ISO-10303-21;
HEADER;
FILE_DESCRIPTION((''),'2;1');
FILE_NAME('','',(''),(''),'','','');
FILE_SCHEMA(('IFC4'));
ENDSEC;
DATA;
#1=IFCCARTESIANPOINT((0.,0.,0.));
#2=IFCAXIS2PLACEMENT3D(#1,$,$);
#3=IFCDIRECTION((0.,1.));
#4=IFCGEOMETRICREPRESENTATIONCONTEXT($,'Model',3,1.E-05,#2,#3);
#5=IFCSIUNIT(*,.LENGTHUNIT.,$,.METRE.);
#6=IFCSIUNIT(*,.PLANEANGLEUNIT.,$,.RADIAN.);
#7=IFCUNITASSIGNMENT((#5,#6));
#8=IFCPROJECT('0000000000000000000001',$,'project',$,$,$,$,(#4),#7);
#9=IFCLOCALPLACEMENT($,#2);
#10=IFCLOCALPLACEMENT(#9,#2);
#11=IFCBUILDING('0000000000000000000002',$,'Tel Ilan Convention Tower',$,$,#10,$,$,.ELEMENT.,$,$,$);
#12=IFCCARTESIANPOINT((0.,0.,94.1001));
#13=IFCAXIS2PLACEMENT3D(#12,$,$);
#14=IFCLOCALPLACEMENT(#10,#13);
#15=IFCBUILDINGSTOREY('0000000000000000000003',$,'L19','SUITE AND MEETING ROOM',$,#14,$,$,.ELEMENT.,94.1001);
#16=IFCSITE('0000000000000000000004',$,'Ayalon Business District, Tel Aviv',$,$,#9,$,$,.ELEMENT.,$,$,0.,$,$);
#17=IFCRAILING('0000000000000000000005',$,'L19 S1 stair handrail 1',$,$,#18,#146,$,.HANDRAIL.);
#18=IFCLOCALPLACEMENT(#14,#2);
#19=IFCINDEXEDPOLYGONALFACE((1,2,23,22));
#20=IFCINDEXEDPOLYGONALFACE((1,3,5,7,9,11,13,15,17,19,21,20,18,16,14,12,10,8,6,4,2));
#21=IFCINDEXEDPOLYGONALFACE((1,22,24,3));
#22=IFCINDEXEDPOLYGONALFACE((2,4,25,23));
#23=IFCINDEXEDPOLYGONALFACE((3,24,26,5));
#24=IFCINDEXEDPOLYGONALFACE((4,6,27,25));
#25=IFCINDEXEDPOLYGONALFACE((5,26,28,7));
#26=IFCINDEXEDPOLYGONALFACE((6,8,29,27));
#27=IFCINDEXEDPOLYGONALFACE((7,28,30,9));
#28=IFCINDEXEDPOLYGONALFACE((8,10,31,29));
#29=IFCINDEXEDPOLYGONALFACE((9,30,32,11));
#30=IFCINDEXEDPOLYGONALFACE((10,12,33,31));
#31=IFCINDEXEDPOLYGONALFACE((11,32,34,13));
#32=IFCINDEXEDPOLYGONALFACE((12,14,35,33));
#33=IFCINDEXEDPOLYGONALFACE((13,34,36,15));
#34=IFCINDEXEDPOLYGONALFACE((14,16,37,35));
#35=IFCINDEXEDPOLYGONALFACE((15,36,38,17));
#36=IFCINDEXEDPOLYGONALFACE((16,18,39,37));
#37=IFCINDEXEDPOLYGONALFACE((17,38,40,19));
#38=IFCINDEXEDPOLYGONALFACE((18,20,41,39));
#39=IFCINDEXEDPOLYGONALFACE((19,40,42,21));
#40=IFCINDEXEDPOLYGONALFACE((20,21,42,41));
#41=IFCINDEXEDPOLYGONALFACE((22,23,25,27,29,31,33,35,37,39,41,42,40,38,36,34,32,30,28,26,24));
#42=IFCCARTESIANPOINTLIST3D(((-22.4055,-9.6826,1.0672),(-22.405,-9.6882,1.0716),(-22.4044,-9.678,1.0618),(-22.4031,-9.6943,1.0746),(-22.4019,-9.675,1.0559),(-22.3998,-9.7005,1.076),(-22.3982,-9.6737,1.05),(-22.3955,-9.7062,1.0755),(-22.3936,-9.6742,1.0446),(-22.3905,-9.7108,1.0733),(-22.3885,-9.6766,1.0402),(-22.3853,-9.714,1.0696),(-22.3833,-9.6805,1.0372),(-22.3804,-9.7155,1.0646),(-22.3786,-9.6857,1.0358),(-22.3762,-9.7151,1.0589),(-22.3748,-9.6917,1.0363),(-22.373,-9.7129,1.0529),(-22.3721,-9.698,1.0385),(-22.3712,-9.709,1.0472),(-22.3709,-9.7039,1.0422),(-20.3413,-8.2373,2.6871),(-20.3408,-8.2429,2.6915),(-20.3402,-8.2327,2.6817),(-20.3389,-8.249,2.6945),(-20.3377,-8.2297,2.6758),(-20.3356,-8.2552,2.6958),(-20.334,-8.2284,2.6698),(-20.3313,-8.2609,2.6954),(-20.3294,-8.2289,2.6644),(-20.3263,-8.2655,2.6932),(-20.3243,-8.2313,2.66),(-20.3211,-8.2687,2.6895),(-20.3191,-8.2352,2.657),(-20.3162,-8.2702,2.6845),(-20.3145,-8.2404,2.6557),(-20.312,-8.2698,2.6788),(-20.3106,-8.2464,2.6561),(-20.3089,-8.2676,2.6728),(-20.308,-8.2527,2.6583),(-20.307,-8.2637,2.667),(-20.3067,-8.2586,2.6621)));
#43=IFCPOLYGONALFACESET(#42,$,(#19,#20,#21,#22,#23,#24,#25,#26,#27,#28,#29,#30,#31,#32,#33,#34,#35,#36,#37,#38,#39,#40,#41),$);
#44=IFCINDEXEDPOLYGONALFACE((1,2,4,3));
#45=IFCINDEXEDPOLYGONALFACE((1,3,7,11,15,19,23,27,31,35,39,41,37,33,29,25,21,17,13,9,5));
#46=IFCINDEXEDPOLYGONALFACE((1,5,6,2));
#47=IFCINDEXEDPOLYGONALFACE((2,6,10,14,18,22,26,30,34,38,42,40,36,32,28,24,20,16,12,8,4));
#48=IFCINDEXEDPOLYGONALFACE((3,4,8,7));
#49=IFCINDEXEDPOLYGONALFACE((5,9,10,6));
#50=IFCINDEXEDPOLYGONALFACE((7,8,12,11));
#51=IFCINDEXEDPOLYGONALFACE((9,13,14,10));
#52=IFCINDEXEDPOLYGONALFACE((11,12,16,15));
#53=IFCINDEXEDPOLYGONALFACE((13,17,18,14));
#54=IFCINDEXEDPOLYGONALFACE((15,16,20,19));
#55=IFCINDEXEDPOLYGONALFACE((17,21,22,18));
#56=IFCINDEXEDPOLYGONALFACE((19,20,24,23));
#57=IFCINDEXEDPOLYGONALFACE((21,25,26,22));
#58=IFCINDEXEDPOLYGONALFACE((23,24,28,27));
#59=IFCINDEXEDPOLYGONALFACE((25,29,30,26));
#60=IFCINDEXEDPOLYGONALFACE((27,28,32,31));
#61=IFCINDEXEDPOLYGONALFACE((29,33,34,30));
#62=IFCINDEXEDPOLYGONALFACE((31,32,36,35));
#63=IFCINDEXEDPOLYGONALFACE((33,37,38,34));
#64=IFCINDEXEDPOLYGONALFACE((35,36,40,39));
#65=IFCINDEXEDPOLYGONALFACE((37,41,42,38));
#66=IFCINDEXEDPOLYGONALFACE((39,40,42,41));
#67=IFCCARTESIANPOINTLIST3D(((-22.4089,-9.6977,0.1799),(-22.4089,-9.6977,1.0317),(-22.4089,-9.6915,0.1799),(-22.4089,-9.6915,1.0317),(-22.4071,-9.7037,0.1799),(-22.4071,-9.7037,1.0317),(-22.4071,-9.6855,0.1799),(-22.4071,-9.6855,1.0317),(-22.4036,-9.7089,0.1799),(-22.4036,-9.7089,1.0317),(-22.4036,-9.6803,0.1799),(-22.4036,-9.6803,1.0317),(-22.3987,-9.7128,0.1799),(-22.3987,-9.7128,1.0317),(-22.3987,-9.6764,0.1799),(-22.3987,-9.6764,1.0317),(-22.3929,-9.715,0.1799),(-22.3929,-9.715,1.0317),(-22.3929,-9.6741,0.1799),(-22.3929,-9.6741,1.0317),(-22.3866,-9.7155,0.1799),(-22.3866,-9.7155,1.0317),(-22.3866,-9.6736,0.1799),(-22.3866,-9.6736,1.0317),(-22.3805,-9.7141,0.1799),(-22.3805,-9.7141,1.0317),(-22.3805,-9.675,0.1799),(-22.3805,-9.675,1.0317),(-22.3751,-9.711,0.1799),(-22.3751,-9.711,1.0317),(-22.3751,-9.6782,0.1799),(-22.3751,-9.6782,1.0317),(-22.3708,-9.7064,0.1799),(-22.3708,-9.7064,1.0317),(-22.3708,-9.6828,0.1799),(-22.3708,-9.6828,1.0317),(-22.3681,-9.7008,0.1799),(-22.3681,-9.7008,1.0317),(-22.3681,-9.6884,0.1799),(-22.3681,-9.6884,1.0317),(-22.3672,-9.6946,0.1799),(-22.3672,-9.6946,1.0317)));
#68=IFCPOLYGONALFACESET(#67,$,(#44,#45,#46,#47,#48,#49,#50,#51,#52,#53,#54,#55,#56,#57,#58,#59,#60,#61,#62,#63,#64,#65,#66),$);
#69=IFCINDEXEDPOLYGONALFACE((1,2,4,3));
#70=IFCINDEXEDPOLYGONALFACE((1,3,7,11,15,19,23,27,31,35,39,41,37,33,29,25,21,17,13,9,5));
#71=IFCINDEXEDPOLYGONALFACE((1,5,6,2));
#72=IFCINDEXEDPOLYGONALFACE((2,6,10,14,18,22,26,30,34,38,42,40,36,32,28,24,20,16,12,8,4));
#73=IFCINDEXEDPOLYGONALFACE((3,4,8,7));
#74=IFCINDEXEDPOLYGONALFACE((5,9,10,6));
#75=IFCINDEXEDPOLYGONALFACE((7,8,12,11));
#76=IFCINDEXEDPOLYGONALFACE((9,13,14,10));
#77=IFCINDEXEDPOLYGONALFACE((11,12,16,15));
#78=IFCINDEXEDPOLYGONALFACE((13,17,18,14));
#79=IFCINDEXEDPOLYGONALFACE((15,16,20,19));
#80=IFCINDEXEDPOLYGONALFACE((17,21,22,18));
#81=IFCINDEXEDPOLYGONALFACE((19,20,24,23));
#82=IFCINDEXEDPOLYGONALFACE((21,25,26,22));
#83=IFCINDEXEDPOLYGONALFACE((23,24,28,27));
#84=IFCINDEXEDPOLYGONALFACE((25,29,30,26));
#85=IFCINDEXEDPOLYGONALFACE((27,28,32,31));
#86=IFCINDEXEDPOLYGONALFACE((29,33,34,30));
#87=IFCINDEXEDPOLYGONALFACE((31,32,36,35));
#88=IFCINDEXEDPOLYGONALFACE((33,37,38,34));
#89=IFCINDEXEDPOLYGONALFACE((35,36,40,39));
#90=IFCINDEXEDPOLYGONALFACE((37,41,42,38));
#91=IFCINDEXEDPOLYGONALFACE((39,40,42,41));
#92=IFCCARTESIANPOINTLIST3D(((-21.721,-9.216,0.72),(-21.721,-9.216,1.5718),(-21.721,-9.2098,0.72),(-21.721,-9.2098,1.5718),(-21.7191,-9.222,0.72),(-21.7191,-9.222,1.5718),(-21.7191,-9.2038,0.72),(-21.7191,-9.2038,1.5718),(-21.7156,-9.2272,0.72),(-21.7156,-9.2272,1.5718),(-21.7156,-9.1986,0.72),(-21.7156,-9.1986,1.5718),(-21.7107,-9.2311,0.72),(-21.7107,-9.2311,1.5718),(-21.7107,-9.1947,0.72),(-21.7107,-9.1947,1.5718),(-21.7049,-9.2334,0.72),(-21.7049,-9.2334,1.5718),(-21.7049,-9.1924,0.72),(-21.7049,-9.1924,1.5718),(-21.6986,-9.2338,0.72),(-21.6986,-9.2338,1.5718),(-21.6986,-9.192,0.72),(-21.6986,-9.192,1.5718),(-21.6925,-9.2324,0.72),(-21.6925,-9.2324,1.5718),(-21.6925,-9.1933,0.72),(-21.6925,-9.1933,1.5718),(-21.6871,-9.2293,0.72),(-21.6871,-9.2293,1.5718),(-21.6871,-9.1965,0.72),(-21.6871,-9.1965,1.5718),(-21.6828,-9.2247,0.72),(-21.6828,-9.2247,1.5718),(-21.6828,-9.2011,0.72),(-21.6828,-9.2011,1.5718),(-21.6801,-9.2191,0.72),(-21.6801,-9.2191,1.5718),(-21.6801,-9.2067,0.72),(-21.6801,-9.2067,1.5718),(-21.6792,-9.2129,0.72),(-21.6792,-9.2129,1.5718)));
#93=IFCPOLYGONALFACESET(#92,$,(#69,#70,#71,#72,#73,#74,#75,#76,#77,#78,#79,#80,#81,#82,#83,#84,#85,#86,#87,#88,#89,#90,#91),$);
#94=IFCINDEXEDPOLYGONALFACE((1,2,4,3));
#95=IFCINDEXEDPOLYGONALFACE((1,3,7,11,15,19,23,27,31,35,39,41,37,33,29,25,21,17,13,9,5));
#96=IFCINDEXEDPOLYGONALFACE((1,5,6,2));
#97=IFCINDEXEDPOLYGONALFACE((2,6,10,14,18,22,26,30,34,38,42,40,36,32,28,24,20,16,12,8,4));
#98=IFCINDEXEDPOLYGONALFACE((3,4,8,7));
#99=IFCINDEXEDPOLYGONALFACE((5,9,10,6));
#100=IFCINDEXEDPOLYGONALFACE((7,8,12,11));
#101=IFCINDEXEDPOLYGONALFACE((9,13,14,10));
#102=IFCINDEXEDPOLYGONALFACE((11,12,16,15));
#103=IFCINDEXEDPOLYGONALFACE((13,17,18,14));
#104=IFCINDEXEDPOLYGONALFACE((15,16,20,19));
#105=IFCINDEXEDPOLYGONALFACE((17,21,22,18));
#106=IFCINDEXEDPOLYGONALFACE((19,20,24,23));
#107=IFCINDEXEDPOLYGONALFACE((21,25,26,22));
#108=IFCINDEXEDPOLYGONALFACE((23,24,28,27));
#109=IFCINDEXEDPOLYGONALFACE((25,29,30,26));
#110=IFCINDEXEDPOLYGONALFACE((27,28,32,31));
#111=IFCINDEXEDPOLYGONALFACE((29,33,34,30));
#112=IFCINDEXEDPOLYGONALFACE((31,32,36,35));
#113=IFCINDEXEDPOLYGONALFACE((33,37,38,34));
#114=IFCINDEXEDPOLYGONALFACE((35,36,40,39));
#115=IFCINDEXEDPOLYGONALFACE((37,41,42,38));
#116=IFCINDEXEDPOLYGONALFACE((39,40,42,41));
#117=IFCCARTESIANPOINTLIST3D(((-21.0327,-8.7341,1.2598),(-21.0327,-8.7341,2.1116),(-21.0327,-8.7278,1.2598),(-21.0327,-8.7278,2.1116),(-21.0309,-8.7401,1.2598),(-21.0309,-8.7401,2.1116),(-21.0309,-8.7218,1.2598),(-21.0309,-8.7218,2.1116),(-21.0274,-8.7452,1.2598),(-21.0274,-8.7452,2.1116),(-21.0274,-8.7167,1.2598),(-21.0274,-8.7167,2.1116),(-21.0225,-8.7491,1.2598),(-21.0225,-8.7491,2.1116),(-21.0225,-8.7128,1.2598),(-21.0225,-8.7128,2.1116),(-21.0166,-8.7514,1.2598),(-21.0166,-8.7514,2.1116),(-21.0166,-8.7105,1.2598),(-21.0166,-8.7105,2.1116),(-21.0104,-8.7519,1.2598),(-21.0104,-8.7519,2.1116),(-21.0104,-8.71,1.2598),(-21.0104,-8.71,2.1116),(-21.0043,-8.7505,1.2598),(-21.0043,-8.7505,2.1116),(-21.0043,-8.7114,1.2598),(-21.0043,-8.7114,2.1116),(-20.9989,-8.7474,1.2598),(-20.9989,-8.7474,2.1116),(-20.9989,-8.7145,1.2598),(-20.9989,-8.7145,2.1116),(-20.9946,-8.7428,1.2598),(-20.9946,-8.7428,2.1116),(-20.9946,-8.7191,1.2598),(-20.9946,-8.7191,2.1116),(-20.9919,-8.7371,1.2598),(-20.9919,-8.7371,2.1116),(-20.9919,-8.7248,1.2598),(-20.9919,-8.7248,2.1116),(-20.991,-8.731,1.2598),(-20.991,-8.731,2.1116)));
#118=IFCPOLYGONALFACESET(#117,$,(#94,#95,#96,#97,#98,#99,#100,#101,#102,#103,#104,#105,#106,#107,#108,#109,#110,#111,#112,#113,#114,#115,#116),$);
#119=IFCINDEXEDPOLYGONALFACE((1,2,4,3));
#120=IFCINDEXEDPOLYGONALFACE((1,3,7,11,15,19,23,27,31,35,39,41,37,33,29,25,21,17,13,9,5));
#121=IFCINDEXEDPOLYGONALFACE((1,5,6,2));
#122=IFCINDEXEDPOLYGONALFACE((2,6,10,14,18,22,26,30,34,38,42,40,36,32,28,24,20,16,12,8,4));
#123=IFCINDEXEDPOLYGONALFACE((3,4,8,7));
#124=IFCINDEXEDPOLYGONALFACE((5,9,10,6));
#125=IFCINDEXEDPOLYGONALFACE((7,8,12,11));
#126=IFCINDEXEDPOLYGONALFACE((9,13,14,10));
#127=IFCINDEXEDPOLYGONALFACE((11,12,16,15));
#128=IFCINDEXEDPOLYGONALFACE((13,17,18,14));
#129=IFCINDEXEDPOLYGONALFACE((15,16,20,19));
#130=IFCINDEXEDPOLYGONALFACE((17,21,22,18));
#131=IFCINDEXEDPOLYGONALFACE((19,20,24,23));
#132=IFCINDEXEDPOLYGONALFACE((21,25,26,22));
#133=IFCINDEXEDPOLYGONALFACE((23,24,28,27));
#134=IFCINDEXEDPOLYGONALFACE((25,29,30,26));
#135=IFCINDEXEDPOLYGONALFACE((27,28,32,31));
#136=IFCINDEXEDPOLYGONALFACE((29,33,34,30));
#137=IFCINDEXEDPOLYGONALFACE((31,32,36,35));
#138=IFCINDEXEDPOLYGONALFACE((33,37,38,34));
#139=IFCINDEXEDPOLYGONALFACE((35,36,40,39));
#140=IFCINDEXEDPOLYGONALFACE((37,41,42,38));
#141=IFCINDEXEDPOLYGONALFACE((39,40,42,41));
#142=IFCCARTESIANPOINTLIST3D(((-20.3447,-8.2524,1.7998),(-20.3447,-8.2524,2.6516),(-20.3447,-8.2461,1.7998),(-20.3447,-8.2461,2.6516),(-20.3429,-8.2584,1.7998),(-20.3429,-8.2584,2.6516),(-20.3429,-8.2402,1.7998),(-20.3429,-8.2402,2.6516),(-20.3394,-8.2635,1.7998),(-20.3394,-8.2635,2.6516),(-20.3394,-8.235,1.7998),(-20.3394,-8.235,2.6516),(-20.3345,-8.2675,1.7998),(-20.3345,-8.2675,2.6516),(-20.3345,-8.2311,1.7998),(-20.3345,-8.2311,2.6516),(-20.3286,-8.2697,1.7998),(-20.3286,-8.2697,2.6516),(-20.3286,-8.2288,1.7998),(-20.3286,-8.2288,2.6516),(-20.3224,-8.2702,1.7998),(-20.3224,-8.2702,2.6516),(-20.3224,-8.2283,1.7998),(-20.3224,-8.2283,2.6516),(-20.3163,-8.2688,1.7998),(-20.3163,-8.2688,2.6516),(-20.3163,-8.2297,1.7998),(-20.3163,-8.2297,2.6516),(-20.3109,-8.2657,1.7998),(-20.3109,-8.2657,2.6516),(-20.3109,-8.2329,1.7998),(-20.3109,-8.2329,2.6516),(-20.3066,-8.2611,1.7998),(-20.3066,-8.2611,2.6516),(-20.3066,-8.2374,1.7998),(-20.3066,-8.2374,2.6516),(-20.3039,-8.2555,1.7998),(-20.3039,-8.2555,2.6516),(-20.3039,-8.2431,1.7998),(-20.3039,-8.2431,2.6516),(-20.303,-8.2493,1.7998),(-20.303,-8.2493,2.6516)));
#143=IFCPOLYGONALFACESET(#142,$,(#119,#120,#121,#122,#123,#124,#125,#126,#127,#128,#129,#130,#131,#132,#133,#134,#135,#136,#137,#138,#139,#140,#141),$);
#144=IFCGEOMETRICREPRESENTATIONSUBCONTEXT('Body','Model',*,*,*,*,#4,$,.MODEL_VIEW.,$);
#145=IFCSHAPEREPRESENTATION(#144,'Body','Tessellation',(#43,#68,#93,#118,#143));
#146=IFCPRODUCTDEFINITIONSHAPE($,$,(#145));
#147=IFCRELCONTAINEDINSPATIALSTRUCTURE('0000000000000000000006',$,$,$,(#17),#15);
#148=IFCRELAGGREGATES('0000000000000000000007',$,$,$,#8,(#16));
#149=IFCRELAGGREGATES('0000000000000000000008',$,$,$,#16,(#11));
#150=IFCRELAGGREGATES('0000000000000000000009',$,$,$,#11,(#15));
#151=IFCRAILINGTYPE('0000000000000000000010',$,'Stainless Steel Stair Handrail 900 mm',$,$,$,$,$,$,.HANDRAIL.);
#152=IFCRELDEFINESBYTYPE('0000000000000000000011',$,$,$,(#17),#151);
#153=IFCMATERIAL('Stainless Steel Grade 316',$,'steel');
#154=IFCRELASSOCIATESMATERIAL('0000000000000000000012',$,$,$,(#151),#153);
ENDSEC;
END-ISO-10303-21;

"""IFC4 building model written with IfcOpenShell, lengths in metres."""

from ifc_helpers import new_model, si_unit, direction, frame, origin, origin_2d, place, context, subcontext, project, spatial, circle, extrude, material, type_object, element, save


model = new_model("IFC4")

# Units and contexts
model_context = context("Model", 3, precision=1e-05, world=origin(), true_north=direction((0.0, 1.0)))
body_context = subcontext(model_context, "Body", "Model", "MODEL_VIEW")
ifc_project = project(units=[si_unit("LENGTHUNIT", "METRE"), si_unit("PLANEANGLEUNIT", "RADIAN")], contexts=[model_context])

# Site, building, storey
site_placement = place(None, origin())
site = spatial("IfcSite", under=ifc_project, at=site_placement, Name="Ayalon Business District, Tel Aviv", CompositionType="ELEMENT", RefElevation=0.0)
building_placement = place(site_placement, origin())
building = spatial("IfcBuilding", under=site, at=building_placement, Name="Tel Ilan Convention Tower", CompositionType="ELEMENT")
storey_placement = place(building_placement, frame((0.0, 0.0, 94.1001)))
storey = spatial("IfcBuildingStorey", under=building, at=storey_placement, Name="L19", Description="SUITE AND MEETING ROOM", CompositionType="ELEMENT", Elevation=94.1001)

# Railing
ifc_material_1 = material(Name="Stainless Steel Grade 316", Category="steel")
railing_type_1 = type_object("IfcRailingType", Name="Stainless Steel Stair Handrail 900 mm", PredefinedType="HANDRAIL", material=ifc_material_1)
railing_1_placement = place(storey_placement, frame((-22.3882, -9.6946, 0.1799)))
element("IfcRailing", 1, at=railing_1_placement, inside=storey, type_object=railing_type_1, Name="L19 S1 stair handrail 1", PredefinedType="HANDRAIL", context=body_context, shape_type="SweptSolid", body=[
    extrude(circle(Radius=0.0239, at=origin_2d()), frame((0.0, 0.0, 0.876), z_axis=(0.68907, 0.482472, 0.540743), x_axis=(-0.57356, 0.819164, 0.0)), (0.0, 0.0, 1.0), 2.9956),
    extrude(circle(Radius=0.021, at=origin_2d()), origin(), (0.0, 0.0, 1.0), 0.8518),
    extrude(circle(Radius=0.021, at=origin_2d()), frame((0.688, 0.4817, 0.54)), (0.0, 0.0, 1.0), 0.8518),
    extrude(circle(Radius=0.021, at=origin_2d()), frame((1.3762, 0.9636, 1.0798)), (0.0, 0.0, 1.0), 0.8518),
    extrude(circle(Radius=0.021, at=origin_2d()), frame((2.0642, 1.4453, 1.6199)), (0.0, 0.0, 1.0), 0.8518),
])

save(model, "model.ifc")
